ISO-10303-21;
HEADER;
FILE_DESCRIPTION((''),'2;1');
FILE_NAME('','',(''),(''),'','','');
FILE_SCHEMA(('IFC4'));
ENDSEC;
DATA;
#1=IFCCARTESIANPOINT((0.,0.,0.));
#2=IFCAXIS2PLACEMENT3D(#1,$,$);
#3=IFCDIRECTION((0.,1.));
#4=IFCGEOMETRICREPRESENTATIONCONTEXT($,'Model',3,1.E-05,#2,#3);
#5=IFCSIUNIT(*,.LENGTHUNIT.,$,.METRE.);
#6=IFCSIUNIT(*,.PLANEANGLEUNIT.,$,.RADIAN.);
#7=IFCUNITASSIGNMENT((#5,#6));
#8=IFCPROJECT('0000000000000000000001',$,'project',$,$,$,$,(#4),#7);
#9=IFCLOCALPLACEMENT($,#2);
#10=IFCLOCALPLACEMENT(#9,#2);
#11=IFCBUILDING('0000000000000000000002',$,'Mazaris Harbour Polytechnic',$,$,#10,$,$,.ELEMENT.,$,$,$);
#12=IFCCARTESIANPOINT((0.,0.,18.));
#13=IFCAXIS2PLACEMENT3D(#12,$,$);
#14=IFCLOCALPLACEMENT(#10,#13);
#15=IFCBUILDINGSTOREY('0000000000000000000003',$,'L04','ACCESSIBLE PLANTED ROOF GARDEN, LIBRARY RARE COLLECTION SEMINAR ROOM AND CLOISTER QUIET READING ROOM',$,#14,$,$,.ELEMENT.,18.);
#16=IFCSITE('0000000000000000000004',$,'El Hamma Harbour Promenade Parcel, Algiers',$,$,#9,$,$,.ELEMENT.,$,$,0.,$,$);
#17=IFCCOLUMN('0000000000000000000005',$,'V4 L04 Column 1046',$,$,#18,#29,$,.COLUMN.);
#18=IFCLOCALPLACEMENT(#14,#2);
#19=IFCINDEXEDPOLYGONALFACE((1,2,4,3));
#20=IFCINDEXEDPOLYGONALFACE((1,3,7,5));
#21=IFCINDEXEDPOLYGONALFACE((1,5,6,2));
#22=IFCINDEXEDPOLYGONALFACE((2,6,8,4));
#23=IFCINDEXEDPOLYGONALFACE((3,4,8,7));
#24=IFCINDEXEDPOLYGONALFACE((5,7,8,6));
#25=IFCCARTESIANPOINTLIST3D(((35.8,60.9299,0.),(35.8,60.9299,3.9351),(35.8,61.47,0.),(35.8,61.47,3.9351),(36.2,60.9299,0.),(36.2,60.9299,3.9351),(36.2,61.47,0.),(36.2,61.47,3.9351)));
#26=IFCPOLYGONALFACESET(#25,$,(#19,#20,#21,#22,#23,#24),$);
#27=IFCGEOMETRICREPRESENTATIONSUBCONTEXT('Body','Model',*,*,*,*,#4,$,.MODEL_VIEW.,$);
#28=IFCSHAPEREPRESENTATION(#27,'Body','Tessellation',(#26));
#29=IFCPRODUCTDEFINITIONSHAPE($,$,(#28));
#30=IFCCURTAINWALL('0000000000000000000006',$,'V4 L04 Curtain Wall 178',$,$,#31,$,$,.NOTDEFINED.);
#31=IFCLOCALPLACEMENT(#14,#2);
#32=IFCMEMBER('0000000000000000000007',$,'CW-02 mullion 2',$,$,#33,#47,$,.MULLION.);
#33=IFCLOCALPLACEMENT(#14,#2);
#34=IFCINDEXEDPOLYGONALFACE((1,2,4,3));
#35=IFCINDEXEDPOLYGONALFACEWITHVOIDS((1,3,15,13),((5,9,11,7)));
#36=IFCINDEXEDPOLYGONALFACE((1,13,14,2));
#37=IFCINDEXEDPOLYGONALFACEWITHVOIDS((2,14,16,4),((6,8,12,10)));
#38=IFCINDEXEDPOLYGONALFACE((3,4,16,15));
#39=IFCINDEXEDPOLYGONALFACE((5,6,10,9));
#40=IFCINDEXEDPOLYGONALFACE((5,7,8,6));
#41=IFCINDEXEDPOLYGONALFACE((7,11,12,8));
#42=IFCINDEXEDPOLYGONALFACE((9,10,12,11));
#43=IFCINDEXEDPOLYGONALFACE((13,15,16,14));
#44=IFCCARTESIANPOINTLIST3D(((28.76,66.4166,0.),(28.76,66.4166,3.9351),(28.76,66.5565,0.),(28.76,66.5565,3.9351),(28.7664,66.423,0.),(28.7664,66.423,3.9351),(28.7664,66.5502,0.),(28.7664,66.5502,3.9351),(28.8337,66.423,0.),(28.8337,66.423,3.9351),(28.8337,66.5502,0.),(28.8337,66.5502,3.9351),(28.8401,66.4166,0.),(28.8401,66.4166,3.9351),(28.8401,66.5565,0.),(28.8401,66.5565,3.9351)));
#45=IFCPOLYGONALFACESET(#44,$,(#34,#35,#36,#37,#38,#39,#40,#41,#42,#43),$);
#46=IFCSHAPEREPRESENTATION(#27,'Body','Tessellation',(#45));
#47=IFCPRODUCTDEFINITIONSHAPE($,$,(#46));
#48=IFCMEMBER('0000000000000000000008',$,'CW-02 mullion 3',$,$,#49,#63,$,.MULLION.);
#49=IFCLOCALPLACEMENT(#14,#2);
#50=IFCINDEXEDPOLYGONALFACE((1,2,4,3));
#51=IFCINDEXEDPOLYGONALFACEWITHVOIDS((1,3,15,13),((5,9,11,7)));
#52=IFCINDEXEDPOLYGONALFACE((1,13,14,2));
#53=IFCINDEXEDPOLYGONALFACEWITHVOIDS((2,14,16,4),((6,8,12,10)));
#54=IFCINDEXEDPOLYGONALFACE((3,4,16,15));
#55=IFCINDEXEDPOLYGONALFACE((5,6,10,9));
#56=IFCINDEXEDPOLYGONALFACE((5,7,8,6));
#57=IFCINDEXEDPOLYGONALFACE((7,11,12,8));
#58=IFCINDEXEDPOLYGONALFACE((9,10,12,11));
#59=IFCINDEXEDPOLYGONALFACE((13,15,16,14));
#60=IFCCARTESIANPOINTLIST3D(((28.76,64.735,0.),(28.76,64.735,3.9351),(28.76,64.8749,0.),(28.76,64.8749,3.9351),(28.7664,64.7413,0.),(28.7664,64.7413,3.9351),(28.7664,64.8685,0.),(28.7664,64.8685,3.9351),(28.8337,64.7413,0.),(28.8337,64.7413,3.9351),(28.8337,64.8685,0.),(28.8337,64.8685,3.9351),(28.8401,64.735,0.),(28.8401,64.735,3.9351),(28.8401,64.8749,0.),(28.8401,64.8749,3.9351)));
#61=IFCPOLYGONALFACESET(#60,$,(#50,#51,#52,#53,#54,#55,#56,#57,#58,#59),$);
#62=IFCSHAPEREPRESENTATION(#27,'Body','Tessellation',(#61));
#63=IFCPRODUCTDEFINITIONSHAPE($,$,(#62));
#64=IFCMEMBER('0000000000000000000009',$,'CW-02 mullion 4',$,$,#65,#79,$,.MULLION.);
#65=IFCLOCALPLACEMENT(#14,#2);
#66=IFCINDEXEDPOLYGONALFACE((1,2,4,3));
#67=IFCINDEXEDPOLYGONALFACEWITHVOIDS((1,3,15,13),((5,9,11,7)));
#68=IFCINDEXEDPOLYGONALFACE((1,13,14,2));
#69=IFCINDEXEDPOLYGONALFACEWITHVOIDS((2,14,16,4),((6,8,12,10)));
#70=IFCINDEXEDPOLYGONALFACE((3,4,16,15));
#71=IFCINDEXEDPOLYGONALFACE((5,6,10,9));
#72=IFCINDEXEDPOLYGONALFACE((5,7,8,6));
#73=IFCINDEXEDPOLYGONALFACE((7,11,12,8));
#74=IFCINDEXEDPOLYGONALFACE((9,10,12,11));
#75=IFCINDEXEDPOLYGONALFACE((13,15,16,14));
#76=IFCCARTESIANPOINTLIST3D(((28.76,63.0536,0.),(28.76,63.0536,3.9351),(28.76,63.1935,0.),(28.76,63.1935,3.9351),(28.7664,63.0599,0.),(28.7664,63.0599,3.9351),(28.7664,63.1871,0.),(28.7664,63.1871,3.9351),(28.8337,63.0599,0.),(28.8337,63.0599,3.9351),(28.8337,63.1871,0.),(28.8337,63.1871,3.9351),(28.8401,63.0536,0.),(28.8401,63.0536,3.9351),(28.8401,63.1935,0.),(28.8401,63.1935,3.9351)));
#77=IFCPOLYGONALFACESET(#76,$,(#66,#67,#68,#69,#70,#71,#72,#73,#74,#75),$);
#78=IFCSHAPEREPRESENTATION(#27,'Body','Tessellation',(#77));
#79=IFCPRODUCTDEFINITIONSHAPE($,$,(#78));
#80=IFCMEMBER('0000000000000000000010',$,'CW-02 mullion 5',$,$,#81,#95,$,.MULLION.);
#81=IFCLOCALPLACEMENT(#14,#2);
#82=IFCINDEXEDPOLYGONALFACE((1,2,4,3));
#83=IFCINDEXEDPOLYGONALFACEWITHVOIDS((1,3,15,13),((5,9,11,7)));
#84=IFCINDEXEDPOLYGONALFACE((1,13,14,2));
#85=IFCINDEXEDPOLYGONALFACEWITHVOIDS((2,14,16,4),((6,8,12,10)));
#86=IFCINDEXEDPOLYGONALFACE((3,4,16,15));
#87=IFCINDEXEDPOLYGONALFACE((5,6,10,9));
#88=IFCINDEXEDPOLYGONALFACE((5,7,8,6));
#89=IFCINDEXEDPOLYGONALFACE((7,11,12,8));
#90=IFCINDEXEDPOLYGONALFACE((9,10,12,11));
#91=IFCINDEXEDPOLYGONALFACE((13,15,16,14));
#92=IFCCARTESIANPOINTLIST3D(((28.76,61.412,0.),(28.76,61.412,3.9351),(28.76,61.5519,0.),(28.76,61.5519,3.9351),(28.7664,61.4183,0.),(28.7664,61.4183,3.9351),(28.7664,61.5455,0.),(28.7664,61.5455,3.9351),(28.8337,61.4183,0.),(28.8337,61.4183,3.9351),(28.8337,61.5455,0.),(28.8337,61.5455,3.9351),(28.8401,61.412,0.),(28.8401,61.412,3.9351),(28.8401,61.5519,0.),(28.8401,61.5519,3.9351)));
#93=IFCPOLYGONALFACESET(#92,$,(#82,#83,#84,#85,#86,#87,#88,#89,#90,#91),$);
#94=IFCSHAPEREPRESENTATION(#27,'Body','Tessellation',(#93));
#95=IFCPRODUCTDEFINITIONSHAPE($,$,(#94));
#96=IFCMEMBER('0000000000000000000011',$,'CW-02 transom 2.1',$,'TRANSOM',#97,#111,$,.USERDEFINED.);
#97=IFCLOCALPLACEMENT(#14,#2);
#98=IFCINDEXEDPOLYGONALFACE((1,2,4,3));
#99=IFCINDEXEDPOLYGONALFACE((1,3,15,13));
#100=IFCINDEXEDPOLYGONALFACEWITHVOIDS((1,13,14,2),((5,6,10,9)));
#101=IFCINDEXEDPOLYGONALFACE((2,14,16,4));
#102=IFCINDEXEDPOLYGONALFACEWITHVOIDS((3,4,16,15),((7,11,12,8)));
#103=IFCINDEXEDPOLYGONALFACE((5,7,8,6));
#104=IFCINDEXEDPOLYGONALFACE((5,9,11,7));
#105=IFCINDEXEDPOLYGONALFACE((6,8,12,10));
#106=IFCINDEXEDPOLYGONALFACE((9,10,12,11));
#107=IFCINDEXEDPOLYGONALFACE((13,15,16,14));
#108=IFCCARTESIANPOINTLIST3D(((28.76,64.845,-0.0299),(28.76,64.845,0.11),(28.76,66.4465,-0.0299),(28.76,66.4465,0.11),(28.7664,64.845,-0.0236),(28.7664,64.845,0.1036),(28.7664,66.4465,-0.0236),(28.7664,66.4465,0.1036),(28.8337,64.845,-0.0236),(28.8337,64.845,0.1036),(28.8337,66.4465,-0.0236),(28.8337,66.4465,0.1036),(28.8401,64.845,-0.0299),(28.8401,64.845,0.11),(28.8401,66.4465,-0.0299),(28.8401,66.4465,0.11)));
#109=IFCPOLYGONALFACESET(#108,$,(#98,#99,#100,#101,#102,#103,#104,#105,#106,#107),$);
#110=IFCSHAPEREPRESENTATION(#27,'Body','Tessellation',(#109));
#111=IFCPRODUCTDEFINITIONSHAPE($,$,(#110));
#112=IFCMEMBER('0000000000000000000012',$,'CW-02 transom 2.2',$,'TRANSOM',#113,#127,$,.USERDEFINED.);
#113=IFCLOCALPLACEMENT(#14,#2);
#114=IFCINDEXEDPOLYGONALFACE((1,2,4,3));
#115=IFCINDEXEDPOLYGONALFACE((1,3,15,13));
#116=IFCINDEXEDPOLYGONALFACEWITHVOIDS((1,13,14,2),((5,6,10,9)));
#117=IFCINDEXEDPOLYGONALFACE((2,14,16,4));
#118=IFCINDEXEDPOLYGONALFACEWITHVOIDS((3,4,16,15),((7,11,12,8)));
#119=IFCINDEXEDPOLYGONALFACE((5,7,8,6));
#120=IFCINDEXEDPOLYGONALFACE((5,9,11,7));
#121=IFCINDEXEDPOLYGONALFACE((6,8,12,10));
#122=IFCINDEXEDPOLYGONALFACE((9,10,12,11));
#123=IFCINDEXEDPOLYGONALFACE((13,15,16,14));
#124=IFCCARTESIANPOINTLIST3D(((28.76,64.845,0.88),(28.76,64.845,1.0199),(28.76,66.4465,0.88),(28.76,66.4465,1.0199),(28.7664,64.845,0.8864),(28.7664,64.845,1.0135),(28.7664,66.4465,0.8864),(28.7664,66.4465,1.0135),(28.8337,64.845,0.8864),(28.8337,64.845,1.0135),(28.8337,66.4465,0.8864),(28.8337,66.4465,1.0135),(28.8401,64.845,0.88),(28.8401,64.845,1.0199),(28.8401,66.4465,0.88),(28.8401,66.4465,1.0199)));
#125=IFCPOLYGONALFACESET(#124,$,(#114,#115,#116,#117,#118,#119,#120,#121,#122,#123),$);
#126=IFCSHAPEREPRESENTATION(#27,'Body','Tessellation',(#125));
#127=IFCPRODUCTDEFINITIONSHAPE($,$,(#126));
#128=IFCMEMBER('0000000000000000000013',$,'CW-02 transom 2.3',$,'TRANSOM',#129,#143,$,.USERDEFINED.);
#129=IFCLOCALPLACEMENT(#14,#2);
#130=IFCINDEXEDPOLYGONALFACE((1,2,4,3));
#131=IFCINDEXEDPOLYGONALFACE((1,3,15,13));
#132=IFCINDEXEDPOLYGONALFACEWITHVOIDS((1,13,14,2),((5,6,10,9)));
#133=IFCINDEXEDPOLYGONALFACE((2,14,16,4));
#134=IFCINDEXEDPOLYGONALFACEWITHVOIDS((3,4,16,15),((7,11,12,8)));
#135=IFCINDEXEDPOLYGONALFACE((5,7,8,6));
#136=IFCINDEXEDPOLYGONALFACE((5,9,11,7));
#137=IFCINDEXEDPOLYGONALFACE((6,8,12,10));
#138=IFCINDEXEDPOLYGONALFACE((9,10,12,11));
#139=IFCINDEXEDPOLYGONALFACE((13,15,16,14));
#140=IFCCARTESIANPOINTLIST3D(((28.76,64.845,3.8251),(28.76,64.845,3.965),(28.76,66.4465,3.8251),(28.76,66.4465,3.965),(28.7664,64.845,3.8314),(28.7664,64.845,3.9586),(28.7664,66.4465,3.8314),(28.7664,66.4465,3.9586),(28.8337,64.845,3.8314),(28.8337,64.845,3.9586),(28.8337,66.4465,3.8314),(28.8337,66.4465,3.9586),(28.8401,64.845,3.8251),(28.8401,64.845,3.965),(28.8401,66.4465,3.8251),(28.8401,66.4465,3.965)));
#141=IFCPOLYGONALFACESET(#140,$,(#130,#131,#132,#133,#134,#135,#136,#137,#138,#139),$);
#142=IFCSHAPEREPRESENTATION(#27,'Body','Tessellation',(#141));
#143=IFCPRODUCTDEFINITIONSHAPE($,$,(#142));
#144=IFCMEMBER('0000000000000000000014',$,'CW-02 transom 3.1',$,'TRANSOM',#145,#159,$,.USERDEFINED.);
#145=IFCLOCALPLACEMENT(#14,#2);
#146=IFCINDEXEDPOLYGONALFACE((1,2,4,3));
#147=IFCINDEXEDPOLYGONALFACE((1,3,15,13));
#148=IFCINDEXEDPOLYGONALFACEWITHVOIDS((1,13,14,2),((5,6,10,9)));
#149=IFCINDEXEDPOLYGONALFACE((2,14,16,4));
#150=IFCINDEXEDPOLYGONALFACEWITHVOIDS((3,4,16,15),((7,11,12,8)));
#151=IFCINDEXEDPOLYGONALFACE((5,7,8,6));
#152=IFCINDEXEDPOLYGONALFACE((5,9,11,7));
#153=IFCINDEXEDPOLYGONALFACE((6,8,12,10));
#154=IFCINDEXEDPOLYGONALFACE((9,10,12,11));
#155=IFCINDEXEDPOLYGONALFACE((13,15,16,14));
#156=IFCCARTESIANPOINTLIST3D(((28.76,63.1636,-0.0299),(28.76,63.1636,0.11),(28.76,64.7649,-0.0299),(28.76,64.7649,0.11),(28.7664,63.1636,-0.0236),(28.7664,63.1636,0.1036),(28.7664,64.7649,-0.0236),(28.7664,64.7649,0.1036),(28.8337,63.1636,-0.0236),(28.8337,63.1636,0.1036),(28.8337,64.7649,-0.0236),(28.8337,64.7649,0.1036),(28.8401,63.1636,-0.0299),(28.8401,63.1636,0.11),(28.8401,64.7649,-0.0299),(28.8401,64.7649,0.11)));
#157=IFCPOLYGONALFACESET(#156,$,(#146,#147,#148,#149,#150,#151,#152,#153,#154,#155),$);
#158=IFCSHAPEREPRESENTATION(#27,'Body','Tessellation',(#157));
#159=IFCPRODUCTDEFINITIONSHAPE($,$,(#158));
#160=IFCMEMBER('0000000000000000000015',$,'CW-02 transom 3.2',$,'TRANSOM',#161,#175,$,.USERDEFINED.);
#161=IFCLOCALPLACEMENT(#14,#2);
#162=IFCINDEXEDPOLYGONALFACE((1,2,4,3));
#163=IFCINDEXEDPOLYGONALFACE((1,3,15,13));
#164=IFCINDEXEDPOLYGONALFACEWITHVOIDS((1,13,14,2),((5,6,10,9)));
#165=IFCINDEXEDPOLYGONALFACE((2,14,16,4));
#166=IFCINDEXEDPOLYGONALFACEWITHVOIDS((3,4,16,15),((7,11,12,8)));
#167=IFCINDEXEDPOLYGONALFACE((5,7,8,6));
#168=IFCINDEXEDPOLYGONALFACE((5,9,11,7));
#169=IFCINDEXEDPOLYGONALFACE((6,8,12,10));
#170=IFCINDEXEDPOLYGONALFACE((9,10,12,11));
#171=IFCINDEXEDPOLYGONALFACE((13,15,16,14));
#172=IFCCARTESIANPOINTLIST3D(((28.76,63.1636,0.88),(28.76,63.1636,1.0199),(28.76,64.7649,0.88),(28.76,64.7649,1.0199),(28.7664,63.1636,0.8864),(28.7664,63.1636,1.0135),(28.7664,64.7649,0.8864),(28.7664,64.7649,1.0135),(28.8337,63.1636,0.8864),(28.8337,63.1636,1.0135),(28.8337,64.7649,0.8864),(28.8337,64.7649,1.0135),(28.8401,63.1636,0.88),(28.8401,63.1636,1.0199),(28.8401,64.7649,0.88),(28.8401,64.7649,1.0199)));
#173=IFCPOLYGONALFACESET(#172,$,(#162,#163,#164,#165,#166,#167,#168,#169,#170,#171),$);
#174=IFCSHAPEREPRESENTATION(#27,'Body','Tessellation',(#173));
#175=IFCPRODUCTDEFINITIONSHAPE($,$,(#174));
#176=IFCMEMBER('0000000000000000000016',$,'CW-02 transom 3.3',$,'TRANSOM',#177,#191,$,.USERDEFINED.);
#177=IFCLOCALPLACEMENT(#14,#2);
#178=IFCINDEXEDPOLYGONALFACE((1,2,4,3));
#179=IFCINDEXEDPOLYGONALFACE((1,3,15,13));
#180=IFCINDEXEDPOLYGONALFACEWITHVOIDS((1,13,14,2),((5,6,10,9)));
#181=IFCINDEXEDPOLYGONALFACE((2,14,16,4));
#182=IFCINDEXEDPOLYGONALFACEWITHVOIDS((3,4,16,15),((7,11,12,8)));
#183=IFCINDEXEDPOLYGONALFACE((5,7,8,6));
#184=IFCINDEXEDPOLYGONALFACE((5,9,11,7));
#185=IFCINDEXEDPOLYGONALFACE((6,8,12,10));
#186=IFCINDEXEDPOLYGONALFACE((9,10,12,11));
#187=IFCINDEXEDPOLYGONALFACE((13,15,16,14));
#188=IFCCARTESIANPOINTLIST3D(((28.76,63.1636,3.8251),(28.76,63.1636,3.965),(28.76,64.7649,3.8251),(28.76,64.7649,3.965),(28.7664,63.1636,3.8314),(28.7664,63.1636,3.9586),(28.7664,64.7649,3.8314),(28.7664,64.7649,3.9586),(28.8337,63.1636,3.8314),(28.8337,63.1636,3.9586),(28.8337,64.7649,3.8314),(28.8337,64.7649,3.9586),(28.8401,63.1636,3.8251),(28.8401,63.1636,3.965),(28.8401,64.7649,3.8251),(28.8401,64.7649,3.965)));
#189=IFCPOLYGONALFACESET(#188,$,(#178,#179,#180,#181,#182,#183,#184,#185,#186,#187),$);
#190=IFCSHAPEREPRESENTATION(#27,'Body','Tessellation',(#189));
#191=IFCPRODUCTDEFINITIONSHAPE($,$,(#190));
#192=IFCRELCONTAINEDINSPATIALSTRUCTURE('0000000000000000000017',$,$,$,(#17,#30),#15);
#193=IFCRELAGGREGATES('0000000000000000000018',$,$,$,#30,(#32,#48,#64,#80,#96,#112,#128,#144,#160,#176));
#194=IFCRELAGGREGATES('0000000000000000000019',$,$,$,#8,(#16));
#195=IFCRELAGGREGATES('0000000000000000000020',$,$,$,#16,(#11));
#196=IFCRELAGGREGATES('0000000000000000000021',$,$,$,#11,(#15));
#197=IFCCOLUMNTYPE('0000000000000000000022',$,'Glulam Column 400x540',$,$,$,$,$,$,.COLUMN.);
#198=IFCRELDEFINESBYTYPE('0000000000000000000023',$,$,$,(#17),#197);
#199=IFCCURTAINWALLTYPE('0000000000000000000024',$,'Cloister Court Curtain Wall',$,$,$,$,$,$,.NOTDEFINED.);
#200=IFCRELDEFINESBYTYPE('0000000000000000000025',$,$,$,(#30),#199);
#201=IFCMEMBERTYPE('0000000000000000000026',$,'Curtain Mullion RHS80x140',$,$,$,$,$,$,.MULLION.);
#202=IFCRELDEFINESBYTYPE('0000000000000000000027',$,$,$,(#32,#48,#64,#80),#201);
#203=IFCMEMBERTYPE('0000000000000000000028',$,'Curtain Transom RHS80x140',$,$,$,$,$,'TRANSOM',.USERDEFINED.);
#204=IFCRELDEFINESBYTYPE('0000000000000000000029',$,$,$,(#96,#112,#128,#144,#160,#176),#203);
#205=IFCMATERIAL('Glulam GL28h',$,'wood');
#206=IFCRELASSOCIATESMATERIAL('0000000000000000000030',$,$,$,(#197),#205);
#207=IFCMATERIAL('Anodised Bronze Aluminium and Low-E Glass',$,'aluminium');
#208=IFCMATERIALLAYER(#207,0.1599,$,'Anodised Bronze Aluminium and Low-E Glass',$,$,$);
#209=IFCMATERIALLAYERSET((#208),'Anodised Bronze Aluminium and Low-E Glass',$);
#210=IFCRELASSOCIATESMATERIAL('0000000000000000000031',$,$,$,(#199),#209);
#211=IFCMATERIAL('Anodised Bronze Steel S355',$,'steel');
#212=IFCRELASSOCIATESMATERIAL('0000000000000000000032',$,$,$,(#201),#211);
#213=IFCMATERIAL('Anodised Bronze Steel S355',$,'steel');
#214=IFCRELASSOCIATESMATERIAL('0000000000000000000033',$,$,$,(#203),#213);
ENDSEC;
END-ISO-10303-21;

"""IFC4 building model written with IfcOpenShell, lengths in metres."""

from ifc_helpers import new_model, si_unit, direction, frame, origin, origin_2d, place, context, subcontext, project, spatial, rectangle, hollow_rectangle, extrude, material, layer, layer_set, material_profile, profile_set, type_object, element, aggregate, save


model = new_model("IFC4")

# Units and contexts
model_context = context("Model", 3, precision=1e-05, world=origin(), true_north=direction((0.0, 1.0)))
body_context = subcontext(model_context, "Body", "Model", "MODEL_VIEW")
ifc_project = project(units=[si_unit("LENGTHUNIT", "METRE"), si_unit("PLANEANGLEUNIT", "RADIAN")], contexts=[model_context])

# Site, building, storey
site_placement = place(None, origin())
site = spatial("IfcSite", under=ifc_project, at=site_placement, Name="El Hamma Harbour Promenade Parcel, Algiers", CompositionType="ELEMENT", RefElevation=0.0)
building_placement = place(site_placement, origin())
building = spatial("IfcBuilding", under=site, at=building_placement, Name="Mazaris Harbour Polytechnic", CompositionType="ELEMENT")
storey_placement = place(building_placement, frame((0.0, 0.0, 18.0)))
storey = spatial("IfcBuildingStorey", under=building, at=storey_placement, Name="L04", Description="ACCESSIBLE PLANTED ROOF GARDEN, LIBRARY RARE COLLECTION SEMINAR ROOM AND CLOISTER QUIET READING ROOM", CompositionType="ELEMENT", Elevation=18.0)

# Column
ifc_material_1 = material(Name="Glulam GL28h", Category="wood")
ifc_material_profile_1 = material_profile(ifc_material_1, rectangle(XDim=0.3999, YDim=0.54, at=origin_2d()), Name="RECT400x540")
ifc_profile_set_1 = profile_set([ifc_material_profile_1], Name="Glulam GL28h")
column_type = type_object("IfcColumnType", Name="Glulam Column 400x540", PredefinedType="COLUMN", material=ifc_profile_set_1)
column_placement = place(storey_placement, frame((36.0, 61.2, 0.0), z_axis=(0.0, 0.0, 1.0), x_axis=(1.0, 0.0, 0.0)))
element("IfcColumn", 1, at=column_placement, inside=storey, type_object=column_type, Name="V4 L04 Column 1046", PredefinedType="COLUMN", context=body_context, shape_type="SweptSolid", body=[
    extrude(rectangle(XDim=0.3999, YDim=0.54, at=origin_2d()), origin(), (0.0, 0.0, 1.0), 3.9351),
])

# Curtain wall, members
ifc_material_2 = material(Name="Anodised Bronze Aluminium and Low-E Glass", Category="aluminium")
ifc_layer_1 = layer(ifc_material_2, 0.1599, Name="Anodised Bronze Aluminium and Low-E Glass")
ifc_layer_set_1 = layer_set([ifc_layer_1], Name="Anodised Bronze Aluminium and Low-E Glass")
curtain_wall_type = type_object("IfcCurtainWallType", Name="Cloister Court Curtain Wall", PredefinedType="NOTDEFINED", material=ifc_layer_set_1)
curtain_wall_placement = place(storey_placement, origin())
curtain_wall = element("IfcCurtainWall", 2, at=curtain_wall_placement, inside=storey, type_object=curtain_wall_type, Name="V4 L04 Curtain Wall 178", PredefinedType="NOTDEFINED")
ifc_material_3 = material(Name="Anodised Bronze Steel S355", Category="steel")
ifc_material_profile_2 = material_profile(ifc_material_3, hollow_rectangle(XDim=0.0801, YDim=0.1399, WallThickness=0.0063, at=origin_2d()), Name="RHS 80x140x6.3")
ifc_profile_set_2 = profile_set([ifc_material_profile_2], Name="Anodised Bronze Steel S355")
member_type_1 = type_object("IfcMemberType", Name="Curtain Mullion RHS80x140", PredefinedType="MULLION", material=ifc_profile_set_2)
member_1_placement = place(storey_placement, frame((28.8, 66.4866, 0.0), z_axis=(0.0, 0.0, 1.0), x_axis=(1.0, 0.0, 0.0)))
member_1 = element("IfcMember", 3, at=member_1_placement, type_object=member_type_1, Name="CW-02 mullion 2", PredefinedType="MULLION", context=body_context, shape_type="SweptSolid", body=[
    extrude(hollow_rectangle(XDim=0.0801, YDim=0.1399, WallThickness=0.0063, at=origin_2d()), origin(), (0.0, 0.0, 1.0), 3.9351),
])
member_2_placement = place(storey_placement, frame((28.8, 64.8049, 0.0), z_axis=(0.0, 0.0, 1.0), x_axis=(1.0, 0.0, 0.0)))
member_2 = element("IfcMember", 4, at=member_2_placement, type_object=member_type_1, Name="CW-02 mullion 3", PredefinedType="MULLION", context=body_context, shape_type="SweptSolid", body=[
    extrude(hollow_rectangle(XDim=0.0801, YDim=0.1399, WallThickness=0.0063, at=origin_2d()), origin(), (0.0, 0.0, 1.0), 3.9351),
])
member_3_placement = place(storey_placement, frame((28.8, 63.1235, 0.0), z_axis=(0.0, 0.0, 1.0), x_axis=(1.0, 0.0, 0.0)))
member_3 = element("IfcMember", 5, at=member_3_placement, type_object=member_type_1, Name="CW-02 mullion 4", PredefinedType="MULLION", context=body_context, shape_type="SweptSolid", body=[
    extrude(hollow_rectangle(XDim=0.0801, YDim=0.1399, WallThickness=0.0063, at=origin_2d()), origin(), (0.0, 0.0, 1.0), 3.9351),
])
member_4_placement = place(storey_placement, frame((28.8, 61.4819, 0.0), z_axis=(0.0, 0.0, 1.0), x_axis=(1.0, 0.0, 0.0)))
member_4 = element("IfcMember", 6, at=member_4_placement, type_object=member_type_1, Name="CW-02 mullion 5", PredefinedType="MULLION", context=body_context, shape_type="SweptSolid", body=[
    extrude(hollow_rectangle(XDim=0.0801, YDim=0.1399, WallThickness=0.0063, at=origin_2d()), origin(), (0.0, 0.0, 1.0), 3.9351),
])
ifc_material_4 = material(Name="Anodised Bronze Steel S355", Category="steel")
ifc_material_profile_3 = material_profile(ifc_material_4, hollow_rectangle(XDim=0.0801, YDim=0.1399, WallThickness=0.0063, at=origin_2d()), Name="RHS 80x140x6.3")
ifc_profile_set_3 = profile_set([ifc_material_profile_3], Name="Anodised Bronze Steel S355")
member_type_2 = type_object("IfcMemberType", Name="Curtain Transom RHS80x140", ElementType="TRANSOM", PredefinedType="USERDEFINED", material=ifc_profile_set_3)
member_5_placement = place(storey_placement, frame((28.8, 66.4465, 0.04), z_axis=(0.0, -1.0, 0.0), x_axis=(1.0, 0.0, 0.0)))
member_5 = element("IfcMember", 7, at=member_5_placement, type_object=member_type_2, Name="CW-02 transom 2.1", ObjectType="TRANSOM", PredefinedType="USERDEFINED", context=body_context, shape_type="SweptSolid", body=[
    extrude(hollow_rectangle(XDim=0.0801, YDim=0.1399, WallThickness=0.0063, at=origin_2d()), origin(), (0.0, 0.0, 1.0), 1.6016),
])
member_6_placement = place(storey_placement, frame((28.8, 66.4465, 0.95), z_axis=(0.0, -1.0, 0.0), x_axis=(1.0, 0.0, 0.0)))
member_6 = element("IfcMember", 8, at=member_6_placement, type_object=member_type_2, Name="CW-02 transom 2.2", ObjectType="TRANSOM", PredefinedType="USERDEFINED", context=body_context, shape_type="SweptSolid", body=[
    extrude(hollow_rectangle(XDim=0.0801, YDim=0.1399, WallThickness=0.0063, at=origin_2d()), origin(), (0.0, 0.0, 1.0), 1.6016),
])
member_7_placement = place(storey_placement, frame((28.8, 66.4465, 3.895), z_axis=(0.0, -1.0, 0.0), x_axis=(1.0, 0.0, 0.0)))
member_7 = element("IfcMember", 9, at=member_7_placement, type_object=member_type_2, Name="CW-02 transom 2.3", ObjectType="TRANSOM", PredefinedType="USERDEFINED", context=body_context, shape_type="SweptSolid", body=[
    extrude(hollow_rectangle(XDim=0.0801, YDim=0.1399, WallThickness=0.0063, at=origin_2d()), origin(), (0.0, 0.0, 1.0), 1.6016),
])
member_8_placement = place(storey_placement, frame((28.8, 64.7649, 0.04), z_axis=(0.0, -1.0, 0.0), x_axis=(1.0, 0.0, 0.0)))
member_8 = element("IfcMember", 10, at=member_8_placement, type_object=member_type_2, Name="CW-02 transom 3.1", ObjectType="TRANSOM", PredefinedType="USERDEFINED", context=body_context, shape_type="SweptSolid", body=[
    extrude(hollow_rectangle(XDim=0.0801, YDim=0.1399, WallThickness=0.0063, at=origin_2d()), origin(), (0.0, 0.0, 1.0), 1.6013),
])
member_9_placement = place(storey_placement, frame((28.8, 64.7649, 0.95), z_axis=(0.0, -1.0, 0.0), x_axis=(1.0, 0.0, 0.0)))
member_9 = element("IfcMember", 11, at=member_9_placement, type_object=member_type_2, Name="CW-02 transom 3.2", ObjectType="TRANSOM", PredefinedType="USERDEFINED", context=body_context, shape_type="SweptSolid", body=[
    extrude(hollow_rectangle(XDim=0.0801, YDim=0.1399, WallThickness=0.0063, at=origin_2d()), origin(), (0.0, 0.0, 1.0), 1.6013),
])
member_10_placement = place(storey_placement, frame((28.8, 64.7649, 3.895), z_axis=(0.0, -1.0, 0.0), x_axis=(1.0, 0.0, 0.0)))
member_10 = element("IfcMember", 12, at=member_10_placement, type_object=member_type_2, Name="CW-02 transom 3.3", ObjectType="TRANSOM", PredefinedType="USERDEFINED", context=body_context, shape_type="SweptSolid", body=[
    extrude(hollow_rectangle(XDim=0.0801, YDim=0.1399, WallThickness=0.0063, at=origin_2d()), origin(), (0.0, 0.0, 1.0), 1.6013),
])
aggregate(curtain_wall, [member_1, member_2, member_3, member_4, member_5, member_6, member_7, member_8, member_9, member_10])

save(model, "model.ifc")
